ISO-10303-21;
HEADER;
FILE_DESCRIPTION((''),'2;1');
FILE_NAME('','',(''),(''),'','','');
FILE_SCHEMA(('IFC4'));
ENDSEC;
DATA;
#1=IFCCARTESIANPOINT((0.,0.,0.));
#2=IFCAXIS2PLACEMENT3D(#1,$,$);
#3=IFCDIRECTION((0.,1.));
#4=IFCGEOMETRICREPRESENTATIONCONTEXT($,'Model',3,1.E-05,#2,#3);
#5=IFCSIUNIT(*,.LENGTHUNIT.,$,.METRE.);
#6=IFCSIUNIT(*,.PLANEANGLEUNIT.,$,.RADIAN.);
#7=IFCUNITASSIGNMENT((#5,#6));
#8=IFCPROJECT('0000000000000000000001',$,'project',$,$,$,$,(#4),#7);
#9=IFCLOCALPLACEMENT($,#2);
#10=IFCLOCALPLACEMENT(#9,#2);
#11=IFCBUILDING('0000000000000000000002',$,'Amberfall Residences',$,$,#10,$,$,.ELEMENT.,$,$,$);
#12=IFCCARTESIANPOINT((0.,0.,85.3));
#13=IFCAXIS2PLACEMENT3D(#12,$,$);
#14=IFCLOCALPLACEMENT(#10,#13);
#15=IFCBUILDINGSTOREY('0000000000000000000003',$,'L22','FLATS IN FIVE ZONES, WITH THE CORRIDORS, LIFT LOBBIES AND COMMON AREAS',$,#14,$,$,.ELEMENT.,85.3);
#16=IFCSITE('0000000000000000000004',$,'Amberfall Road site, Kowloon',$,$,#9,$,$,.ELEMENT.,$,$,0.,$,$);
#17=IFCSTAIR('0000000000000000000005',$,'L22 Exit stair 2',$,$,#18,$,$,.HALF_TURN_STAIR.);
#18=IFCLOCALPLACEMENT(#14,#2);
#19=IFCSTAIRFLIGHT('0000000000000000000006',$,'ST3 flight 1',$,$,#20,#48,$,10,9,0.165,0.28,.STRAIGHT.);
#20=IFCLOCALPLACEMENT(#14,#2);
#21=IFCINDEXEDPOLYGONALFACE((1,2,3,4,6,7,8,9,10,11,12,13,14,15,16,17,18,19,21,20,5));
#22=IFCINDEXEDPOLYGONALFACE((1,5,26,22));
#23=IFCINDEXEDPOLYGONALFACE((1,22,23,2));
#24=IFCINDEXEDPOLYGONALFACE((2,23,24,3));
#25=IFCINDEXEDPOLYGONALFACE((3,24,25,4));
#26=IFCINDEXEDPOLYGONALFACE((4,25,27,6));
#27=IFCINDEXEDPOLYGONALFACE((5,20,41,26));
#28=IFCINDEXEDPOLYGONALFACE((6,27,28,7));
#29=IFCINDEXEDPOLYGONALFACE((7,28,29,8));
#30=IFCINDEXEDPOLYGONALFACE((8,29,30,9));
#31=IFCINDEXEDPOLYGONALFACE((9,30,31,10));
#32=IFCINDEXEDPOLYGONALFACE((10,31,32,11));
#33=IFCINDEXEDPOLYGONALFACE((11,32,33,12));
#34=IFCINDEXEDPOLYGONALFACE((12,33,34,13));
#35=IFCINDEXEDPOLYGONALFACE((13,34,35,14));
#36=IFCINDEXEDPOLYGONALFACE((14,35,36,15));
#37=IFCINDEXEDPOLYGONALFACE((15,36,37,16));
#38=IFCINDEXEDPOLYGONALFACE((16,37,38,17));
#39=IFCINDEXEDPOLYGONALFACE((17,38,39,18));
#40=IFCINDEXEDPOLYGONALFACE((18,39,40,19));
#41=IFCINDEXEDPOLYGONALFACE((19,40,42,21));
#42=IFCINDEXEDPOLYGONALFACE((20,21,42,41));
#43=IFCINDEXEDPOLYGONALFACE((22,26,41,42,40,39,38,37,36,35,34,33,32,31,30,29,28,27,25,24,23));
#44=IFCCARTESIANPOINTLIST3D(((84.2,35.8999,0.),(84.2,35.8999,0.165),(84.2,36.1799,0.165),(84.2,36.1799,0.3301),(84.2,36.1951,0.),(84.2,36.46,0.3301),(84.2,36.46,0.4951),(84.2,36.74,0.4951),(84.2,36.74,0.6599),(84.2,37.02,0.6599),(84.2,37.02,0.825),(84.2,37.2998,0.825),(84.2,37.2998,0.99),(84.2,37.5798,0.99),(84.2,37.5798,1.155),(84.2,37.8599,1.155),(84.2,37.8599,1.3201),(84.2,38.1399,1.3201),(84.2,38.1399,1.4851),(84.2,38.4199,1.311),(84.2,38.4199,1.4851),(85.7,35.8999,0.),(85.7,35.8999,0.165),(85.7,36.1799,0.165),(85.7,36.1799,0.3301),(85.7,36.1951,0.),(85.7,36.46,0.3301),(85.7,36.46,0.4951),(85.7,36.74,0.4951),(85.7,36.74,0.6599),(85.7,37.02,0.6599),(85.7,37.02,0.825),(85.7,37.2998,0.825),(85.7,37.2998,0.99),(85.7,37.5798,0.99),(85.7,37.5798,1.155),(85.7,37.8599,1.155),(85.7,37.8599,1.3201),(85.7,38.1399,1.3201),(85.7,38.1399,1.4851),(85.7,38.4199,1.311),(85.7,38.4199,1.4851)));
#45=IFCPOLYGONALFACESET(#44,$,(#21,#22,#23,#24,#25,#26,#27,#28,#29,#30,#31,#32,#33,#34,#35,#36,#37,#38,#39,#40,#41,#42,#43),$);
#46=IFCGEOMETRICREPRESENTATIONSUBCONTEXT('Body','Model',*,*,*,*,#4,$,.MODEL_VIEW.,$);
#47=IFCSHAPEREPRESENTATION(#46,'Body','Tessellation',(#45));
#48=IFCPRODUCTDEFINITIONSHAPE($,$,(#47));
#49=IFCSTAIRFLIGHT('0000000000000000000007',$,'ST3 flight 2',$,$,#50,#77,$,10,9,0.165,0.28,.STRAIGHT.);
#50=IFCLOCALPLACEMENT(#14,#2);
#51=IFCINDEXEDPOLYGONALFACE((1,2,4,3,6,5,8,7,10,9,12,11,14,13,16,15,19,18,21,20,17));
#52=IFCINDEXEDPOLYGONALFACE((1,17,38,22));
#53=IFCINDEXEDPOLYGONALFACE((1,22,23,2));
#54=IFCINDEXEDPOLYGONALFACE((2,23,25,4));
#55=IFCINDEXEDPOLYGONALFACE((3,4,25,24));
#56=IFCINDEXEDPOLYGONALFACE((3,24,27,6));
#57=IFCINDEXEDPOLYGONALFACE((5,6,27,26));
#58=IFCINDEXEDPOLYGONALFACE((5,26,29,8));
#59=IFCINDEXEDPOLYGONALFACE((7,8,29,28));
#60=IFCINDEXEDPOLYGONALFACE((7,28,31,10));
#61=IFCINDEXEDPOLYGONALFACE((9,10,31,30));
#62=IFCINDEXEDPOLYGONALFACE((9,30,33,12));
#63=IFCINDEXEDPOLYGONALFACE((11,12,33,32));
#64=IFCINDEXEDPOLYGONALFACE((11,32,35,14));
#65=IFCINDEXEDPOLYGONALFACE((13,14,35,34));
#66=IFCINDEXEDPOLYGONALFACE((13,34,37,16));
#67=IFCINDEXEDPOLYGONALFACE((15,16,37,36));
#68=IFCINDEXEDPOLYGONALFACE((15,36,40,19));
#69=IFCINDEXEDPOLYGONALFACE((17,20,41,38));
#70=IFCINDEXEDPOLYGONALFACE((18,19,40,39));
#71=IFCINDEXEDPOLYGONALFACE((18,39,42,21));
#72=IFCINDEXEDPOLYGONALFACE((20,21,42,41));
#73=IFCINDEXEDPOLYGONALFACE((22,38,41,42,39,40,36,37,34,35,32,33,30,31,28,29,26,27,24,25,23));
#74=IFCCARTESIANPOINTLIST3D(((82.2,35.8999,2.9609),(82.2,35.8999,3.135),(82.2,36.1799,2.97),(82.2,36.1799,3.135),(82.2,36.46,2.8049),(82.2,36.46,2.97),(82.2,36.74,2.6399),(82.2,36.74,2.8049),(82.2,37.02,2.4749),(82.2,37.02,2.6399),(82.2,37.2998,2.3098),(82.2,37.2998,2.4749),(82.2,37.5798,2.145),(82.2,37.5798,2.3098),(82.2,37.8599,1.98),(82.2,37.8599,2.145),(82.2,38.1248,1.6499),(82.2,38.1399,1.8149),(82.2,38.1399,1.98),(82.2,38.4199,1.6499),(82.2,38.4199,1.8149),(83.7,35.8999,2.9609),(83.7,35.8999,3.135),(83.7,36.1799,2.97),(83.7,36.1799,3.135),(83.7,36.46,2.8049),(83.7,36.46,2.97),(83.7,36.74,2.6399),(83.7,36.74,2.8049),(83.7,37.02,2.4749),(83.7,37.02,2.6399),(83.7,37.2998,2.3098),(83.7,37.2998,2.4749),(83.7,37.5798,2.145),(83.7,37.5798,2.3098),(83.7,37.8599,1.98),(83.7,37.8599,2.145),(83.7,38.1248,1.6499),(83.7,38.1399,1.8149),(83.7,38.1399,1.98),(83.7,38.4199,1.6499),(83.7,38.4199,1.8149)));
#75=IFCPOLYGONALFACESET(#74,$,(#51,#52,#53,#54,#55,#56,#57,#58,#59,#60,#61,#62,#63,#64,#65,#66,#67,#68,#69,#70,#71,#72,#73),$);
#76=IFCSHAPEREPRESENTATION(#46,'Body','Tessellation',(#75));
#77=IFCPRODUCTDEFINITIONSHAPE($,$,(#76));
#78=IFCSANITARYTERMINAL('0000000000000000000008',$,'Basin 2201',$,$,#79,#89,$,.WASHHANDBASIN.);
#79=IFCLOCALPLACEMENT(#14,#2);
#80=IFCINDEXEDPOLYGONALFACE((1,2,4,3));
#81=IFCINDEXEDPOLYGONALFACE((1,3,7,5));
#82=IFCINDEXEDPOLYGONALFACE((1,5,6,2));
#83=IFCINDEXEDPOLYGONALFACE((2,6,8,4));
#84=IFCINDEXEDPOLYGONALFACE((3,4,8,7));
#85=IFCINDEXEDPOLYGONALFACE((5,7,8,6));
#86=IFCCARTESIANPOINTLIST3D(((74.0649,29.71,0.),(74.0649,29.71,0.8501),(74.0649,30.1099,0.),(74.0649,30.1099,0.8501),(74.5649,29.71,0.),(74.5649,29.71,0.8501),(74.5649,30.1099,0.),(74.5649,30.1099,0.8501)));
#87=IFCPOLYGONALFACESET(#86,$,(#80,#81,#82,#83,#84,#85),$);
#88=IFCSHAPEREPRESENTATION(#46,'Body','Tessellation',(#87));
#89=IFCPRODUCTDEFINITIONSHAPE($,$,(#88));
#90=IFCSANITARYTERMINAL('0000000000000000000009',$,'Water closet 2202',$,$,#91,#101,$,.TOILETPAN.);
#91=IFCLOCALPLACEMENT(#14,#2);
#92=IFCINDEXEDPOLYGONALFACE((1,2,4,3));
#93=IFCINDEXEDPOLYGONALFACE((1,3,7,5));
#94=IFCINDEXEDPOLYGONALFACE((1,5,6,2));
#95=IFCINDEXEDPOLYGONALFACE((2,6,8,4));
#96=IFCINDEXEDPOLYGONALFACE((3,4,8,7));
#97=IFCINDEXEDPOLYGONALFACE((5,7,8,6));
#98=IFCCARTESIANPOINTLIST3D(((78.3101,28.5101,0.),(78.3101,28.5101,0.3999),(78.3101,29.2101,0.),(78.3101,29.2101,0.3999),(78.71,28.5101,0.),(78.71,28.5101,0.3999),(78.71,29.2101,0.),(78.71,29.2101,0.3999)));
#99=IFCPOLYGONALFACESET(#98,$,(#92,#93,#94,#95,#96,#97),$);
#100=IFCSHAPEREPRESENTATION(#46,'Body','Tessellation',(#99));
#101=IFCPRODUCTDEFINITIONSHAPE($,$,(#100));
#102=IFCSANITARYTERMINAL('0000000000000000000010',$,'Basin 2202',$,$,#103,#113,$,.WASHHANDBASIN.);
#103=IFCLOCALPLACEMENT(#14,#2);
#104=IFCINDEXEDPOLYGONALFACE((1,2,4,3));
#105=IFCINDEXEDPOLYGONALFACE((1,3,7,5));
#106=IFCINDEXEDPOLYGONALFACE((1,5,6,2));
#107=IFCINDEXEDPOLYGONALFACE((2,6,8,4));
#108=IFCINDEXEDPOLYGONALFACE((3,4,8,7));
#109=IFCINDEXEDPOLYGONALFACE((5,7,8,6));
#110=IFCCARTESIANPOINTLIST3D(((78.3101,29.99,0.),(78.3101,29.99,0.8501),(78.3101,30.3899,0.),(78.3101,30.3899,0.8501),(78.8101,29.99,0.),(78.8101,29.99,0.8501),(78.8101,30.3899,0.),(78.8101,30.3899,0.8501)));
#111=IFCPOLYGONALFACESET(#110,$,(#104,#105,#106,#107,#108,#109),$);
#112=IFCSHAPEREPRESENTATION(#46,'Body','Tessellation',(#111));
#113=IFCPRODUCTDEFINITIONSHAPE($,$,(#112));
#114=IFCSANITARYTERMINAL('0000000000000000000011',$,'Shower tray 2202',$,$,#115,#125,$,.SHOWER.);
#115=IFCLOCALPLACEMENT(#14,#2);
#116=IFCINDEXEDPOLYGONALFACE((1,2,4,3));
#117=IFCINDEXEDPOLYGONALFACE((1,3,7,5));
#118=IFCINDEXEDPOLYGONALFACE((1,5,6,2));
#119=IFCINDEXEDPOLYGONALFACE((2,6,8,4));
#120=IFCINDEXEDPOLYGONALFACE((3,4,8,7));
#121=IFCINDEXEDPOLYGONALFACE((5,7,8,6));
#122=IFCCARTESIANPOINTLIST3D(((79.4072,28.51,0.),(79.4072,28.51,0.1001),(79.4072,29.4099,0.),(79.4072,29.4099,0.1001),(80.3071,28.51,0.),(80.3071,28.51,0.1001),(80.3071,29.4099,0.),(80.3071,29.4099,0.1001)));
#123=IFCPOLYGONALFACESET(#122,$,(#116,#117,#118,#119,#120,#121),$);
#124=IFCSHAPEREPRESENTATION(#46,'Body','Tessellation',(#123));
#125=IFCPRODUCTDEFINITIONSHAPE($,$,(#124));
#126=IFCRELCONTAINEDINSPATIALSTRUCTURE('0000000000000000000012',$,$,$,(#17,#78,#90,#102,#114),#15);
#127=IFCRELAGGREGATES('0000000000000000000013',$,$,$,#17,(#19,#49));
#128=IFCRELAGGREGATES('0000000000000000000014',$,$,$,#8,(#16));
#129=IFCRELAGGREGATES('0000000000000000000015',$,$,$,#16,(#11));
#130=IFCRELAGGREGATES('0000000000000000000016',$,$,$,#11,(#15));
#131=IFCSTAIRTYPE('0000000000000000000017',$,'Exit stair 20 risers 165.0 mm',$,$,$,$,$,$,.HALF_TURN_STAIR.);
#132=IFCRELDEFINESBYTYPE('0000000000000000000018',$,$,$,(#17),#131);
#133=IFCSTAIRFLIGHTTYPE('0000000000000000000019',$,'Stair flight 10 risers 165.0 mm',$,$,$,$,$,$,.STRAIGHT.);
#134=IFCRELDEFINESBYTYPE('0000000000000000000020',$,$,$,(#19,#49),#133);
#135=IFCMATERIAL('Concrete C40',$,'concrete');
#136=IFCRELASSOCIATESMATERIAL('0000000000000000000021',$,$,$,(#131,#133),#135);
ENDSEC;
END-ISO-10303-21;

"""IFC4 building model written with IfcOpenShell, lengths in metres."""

from ifc_helpers import new_model, si_unit, direction, frame, origin, origin_2d, place, context, subcontext, project, spatial, polyline, rectangle, outline, extrude, material, type_object, element, aggregate, save


model = new_model("IFC4")

# Units and contexts
model_context = context("Model", 3, precision=1e-05, world=origin(), true_north=direction((0.0, 1.0)))
body_context = subcontext(model_context, "Body", "Model", "MODEL_VIEW")
ifc_project = project(units=[si_unit("LENGTHUNIT", "METRE"), si_unit("PLANEANGLEUNIT", "RADIAN")], contexts=[model_context])

# Site, building, storey
site_placement = place(None, origin())
site = spatial("IfcSite", under=ifc_project, at=site_placement, Name="Amberfall Road site, Kowloon", CompositionType="ELEMENT", RefElevation=0.0)
building_placement = place(site_placement, origin())
building = spatial("IfcBuilding", under=site, at=building_placement, Name="Amberfall Residences", CompositionType="ELEMENT")
storey_placement = place(building_placement, frame((0.0, 0.0, 85.3)))
storey = spatial("IfcBuildingStorey", under=building, at=storey_placement, Name="L22", Description="FLATS IN FIVE ZONES, WITH THE CORRIDORS, LIFT LOBBIES AND COMMON AREAS", CompositionType="ELEMENT", Elevation=85.3)

# Stair, stair flights
ifc_material_1 = material(Name="Concrete C40", Category="concrete")
stair_type = type_object("IfcStairType", Name="Exit stair 20 risers 165.0 mm", PredefinedType="HALF_TURN_STAIR", material=ifc_material_1)
stair_placement = place(storey_placement, origin())
stair = element("IfcStair", 1, at=stair_placement, inside=storey, type_object=stair_type, Name="L22 Exit stair 2", PredefinedType="HALF_TURN_STAIR")
stair_flight_type = type_object("IfcStairFlightType", Name="Stair flight 10 risers 165.0 mm", PredefinedType="STRAIGHT", material=ifc_material_1)
stair_flight_1_placement = place(storey_placement, frame((84.95, 35.8999, 0.0), z_axis=(0.0, 0.0, 1.0), x_axis=(0.0, 1.0, 0.0)))
stair_flight_1 = element("IfcStairFlight", 2, at=stair_flight_1_placement, type_object=stair_flight_type, Name="ST3 flight 1", NumberOfRisers=10, NumberOfTreads=9, PredefinedType="STRAIGHT", RiserHeight=0.165, TreadLength=0.28, context=body_context, shape_type="SweptSolid", body=[
    extrude(outline(polyline([(0.0, 0.0), (0.0, 0.165), (0.28, 0.165), (0.28, 0.3301), (0.5601, 0.3301), (0.5601, 0.4951), (0.8401, 0.4951), (0.8401, 0.6599), (1.1201, 0.6599), (1.1201, 0.825), (1.3999, 0.825), (1.3999, 0.99), (1.6799, 0.99), (1.6799, 1.155), (1.96, 1.155), (1.96, 1.3201), (2.24, 1.3201), (2.24, 1.4851), (2.52, 1.4851), (2.52, 1.6499), (2.52, 1.311), (0.2952, 0.0), (0.0, 0.0)])), frame((0.0, 0.75, 0.0), z_axis=(0.0, -1.0, 0.0), x_axis=(1.0, 0.0, 0.0)), (0.0, 0.0, 1.0), 1.5),
])
stair_flight_2_placement = place(storey_placement, frame((82.95, 38.4199, 1.6499), z_axis=(0.0, 0.0, 1.0), x_axis=(0.0, -1.0, 0.0)))
stair_flight_2 = element("IfcStairFlight", 3, at=stair_flight_2_placement, type_object=stair_flight_type, Name="ST3 flight 2", NumberOfRisers=10, NumberOfTreads=9, PredefinedType="STRAIGHT", RiserHeight=0.165, TreadLength=0.28, context=body_context, shape_type="SweptSolid", body=[
    extrude(outline(polyline([(0.0, 0.0), (0.0, 0.165), (0.28, 0.165), (0.28, 0.3301), (0.5601, 0.3301), (0.5601, 0.4951), (0.8401, 0.4951), (0.8401, 0.6599), (1.1201, 0.6599), (1.1201, 0.825), (1.3999, 0.825), (1.3999, 0.99), (1.6799, 0.99), (1.6799, 1.155), (1.96, 1.155), (1.96, 1.3201), (2.24, 1.3201), (2.24, 1.4851), (2.52, 1.4851), (2.52, 1.6499), (2.52, 1.311), (0.2952, 0.0), (0.0, 0.0)])), frame((0.0, 0.75, 0.0), z_axis=(0.0, -1.0, 0.0), x_axis=(1.0, 0.0, 0.0)), (0.0, 0.0, 1.0), 1.5),
])
aggregate(stair, [stair_flight_1, stair_flight_2])

# Sanitary terminals
sanitary_terminal_1_placement = place(storey_placement, frame((74.3149, 29.9099, 0.0), z_axis=(0.0, 0.0, 1.0), x_axis=(1.0, 0.0, 0.0)))
element("IfcSanitaryTerminal", 4, at=sanitary_terminal_1_placement, inside=storey, Name="Basin 2201", PredefinedType="WASHHANDBASIN", context=body_context, shape_type="SweptSolid", body=[
    extrude(rectangle(XDim=0.5, YDim=0.3999, at=origin_2d()), origin(), (0.0, 0.0, 1.0), 0.8501),
])
sanitary_terminal_2_placement = place(storey_placement, frame((78.51, 28.8601, 0.0), z_axis=(0.0, 0.0, 1.0), x_axis=(1.0, 0.0, 0.0)))
element("IfcSanitaryTerminal", 5, at=sanitary_terminal_2_placement, inside=storey, Name="Water closet 2202", PredefinedType="TOILETPAN", context=body_context, shape_type="SweptSolid", body=[
    extrude(rectangle(XDim=0.3999, YDim=0.7, at=origin_2d()), origin(), (0.0, 0.0, 1.0), 0.3999),
])
sanitary_terminal_3_placement = place(storey_placement, frame((78.5601, 30.1899, 0.0), z_axis=(0.0, 0.0, 1.0), x_axis=(1.0, 0.0, 0.0)))
element("IfcSanitaryTerminal", 6, at=sanitary_terminal_3_placement, inside=storey, Name="Basin 2202", PredefinedType="WASHHANDBASIN", context=body_context, shape_type="SweptSolid", body=[
    extrude(rectangle(XDim=0.5, YDim=0.3999, at=origin_2d()), origin(), (0.0, 0.0, 1.0), 0.8501),
])
sanitary_terminal_4_placement = place(storey_placement, frame((79.8572, 28.96, 0.0), z_axis=(0.0, 0.0, 1.0), x_axis=(1.0, 0.0, 0.0)))
element("IfcSanitaryTerminal", 7, at=sanitary_terminal_4_placement, inside=storey, Name="Shower tray 2202", PredefinedType="SHOWER", context=body_context, shape_type="SweptSolid", body=[
    extrude(rectangle(XDim=0.8999, YDim=0.8999, at=origin_2d()), origin(), (0.0, 0.0, 1.0), 0.1001),
])

save(model, "model.ifc")
